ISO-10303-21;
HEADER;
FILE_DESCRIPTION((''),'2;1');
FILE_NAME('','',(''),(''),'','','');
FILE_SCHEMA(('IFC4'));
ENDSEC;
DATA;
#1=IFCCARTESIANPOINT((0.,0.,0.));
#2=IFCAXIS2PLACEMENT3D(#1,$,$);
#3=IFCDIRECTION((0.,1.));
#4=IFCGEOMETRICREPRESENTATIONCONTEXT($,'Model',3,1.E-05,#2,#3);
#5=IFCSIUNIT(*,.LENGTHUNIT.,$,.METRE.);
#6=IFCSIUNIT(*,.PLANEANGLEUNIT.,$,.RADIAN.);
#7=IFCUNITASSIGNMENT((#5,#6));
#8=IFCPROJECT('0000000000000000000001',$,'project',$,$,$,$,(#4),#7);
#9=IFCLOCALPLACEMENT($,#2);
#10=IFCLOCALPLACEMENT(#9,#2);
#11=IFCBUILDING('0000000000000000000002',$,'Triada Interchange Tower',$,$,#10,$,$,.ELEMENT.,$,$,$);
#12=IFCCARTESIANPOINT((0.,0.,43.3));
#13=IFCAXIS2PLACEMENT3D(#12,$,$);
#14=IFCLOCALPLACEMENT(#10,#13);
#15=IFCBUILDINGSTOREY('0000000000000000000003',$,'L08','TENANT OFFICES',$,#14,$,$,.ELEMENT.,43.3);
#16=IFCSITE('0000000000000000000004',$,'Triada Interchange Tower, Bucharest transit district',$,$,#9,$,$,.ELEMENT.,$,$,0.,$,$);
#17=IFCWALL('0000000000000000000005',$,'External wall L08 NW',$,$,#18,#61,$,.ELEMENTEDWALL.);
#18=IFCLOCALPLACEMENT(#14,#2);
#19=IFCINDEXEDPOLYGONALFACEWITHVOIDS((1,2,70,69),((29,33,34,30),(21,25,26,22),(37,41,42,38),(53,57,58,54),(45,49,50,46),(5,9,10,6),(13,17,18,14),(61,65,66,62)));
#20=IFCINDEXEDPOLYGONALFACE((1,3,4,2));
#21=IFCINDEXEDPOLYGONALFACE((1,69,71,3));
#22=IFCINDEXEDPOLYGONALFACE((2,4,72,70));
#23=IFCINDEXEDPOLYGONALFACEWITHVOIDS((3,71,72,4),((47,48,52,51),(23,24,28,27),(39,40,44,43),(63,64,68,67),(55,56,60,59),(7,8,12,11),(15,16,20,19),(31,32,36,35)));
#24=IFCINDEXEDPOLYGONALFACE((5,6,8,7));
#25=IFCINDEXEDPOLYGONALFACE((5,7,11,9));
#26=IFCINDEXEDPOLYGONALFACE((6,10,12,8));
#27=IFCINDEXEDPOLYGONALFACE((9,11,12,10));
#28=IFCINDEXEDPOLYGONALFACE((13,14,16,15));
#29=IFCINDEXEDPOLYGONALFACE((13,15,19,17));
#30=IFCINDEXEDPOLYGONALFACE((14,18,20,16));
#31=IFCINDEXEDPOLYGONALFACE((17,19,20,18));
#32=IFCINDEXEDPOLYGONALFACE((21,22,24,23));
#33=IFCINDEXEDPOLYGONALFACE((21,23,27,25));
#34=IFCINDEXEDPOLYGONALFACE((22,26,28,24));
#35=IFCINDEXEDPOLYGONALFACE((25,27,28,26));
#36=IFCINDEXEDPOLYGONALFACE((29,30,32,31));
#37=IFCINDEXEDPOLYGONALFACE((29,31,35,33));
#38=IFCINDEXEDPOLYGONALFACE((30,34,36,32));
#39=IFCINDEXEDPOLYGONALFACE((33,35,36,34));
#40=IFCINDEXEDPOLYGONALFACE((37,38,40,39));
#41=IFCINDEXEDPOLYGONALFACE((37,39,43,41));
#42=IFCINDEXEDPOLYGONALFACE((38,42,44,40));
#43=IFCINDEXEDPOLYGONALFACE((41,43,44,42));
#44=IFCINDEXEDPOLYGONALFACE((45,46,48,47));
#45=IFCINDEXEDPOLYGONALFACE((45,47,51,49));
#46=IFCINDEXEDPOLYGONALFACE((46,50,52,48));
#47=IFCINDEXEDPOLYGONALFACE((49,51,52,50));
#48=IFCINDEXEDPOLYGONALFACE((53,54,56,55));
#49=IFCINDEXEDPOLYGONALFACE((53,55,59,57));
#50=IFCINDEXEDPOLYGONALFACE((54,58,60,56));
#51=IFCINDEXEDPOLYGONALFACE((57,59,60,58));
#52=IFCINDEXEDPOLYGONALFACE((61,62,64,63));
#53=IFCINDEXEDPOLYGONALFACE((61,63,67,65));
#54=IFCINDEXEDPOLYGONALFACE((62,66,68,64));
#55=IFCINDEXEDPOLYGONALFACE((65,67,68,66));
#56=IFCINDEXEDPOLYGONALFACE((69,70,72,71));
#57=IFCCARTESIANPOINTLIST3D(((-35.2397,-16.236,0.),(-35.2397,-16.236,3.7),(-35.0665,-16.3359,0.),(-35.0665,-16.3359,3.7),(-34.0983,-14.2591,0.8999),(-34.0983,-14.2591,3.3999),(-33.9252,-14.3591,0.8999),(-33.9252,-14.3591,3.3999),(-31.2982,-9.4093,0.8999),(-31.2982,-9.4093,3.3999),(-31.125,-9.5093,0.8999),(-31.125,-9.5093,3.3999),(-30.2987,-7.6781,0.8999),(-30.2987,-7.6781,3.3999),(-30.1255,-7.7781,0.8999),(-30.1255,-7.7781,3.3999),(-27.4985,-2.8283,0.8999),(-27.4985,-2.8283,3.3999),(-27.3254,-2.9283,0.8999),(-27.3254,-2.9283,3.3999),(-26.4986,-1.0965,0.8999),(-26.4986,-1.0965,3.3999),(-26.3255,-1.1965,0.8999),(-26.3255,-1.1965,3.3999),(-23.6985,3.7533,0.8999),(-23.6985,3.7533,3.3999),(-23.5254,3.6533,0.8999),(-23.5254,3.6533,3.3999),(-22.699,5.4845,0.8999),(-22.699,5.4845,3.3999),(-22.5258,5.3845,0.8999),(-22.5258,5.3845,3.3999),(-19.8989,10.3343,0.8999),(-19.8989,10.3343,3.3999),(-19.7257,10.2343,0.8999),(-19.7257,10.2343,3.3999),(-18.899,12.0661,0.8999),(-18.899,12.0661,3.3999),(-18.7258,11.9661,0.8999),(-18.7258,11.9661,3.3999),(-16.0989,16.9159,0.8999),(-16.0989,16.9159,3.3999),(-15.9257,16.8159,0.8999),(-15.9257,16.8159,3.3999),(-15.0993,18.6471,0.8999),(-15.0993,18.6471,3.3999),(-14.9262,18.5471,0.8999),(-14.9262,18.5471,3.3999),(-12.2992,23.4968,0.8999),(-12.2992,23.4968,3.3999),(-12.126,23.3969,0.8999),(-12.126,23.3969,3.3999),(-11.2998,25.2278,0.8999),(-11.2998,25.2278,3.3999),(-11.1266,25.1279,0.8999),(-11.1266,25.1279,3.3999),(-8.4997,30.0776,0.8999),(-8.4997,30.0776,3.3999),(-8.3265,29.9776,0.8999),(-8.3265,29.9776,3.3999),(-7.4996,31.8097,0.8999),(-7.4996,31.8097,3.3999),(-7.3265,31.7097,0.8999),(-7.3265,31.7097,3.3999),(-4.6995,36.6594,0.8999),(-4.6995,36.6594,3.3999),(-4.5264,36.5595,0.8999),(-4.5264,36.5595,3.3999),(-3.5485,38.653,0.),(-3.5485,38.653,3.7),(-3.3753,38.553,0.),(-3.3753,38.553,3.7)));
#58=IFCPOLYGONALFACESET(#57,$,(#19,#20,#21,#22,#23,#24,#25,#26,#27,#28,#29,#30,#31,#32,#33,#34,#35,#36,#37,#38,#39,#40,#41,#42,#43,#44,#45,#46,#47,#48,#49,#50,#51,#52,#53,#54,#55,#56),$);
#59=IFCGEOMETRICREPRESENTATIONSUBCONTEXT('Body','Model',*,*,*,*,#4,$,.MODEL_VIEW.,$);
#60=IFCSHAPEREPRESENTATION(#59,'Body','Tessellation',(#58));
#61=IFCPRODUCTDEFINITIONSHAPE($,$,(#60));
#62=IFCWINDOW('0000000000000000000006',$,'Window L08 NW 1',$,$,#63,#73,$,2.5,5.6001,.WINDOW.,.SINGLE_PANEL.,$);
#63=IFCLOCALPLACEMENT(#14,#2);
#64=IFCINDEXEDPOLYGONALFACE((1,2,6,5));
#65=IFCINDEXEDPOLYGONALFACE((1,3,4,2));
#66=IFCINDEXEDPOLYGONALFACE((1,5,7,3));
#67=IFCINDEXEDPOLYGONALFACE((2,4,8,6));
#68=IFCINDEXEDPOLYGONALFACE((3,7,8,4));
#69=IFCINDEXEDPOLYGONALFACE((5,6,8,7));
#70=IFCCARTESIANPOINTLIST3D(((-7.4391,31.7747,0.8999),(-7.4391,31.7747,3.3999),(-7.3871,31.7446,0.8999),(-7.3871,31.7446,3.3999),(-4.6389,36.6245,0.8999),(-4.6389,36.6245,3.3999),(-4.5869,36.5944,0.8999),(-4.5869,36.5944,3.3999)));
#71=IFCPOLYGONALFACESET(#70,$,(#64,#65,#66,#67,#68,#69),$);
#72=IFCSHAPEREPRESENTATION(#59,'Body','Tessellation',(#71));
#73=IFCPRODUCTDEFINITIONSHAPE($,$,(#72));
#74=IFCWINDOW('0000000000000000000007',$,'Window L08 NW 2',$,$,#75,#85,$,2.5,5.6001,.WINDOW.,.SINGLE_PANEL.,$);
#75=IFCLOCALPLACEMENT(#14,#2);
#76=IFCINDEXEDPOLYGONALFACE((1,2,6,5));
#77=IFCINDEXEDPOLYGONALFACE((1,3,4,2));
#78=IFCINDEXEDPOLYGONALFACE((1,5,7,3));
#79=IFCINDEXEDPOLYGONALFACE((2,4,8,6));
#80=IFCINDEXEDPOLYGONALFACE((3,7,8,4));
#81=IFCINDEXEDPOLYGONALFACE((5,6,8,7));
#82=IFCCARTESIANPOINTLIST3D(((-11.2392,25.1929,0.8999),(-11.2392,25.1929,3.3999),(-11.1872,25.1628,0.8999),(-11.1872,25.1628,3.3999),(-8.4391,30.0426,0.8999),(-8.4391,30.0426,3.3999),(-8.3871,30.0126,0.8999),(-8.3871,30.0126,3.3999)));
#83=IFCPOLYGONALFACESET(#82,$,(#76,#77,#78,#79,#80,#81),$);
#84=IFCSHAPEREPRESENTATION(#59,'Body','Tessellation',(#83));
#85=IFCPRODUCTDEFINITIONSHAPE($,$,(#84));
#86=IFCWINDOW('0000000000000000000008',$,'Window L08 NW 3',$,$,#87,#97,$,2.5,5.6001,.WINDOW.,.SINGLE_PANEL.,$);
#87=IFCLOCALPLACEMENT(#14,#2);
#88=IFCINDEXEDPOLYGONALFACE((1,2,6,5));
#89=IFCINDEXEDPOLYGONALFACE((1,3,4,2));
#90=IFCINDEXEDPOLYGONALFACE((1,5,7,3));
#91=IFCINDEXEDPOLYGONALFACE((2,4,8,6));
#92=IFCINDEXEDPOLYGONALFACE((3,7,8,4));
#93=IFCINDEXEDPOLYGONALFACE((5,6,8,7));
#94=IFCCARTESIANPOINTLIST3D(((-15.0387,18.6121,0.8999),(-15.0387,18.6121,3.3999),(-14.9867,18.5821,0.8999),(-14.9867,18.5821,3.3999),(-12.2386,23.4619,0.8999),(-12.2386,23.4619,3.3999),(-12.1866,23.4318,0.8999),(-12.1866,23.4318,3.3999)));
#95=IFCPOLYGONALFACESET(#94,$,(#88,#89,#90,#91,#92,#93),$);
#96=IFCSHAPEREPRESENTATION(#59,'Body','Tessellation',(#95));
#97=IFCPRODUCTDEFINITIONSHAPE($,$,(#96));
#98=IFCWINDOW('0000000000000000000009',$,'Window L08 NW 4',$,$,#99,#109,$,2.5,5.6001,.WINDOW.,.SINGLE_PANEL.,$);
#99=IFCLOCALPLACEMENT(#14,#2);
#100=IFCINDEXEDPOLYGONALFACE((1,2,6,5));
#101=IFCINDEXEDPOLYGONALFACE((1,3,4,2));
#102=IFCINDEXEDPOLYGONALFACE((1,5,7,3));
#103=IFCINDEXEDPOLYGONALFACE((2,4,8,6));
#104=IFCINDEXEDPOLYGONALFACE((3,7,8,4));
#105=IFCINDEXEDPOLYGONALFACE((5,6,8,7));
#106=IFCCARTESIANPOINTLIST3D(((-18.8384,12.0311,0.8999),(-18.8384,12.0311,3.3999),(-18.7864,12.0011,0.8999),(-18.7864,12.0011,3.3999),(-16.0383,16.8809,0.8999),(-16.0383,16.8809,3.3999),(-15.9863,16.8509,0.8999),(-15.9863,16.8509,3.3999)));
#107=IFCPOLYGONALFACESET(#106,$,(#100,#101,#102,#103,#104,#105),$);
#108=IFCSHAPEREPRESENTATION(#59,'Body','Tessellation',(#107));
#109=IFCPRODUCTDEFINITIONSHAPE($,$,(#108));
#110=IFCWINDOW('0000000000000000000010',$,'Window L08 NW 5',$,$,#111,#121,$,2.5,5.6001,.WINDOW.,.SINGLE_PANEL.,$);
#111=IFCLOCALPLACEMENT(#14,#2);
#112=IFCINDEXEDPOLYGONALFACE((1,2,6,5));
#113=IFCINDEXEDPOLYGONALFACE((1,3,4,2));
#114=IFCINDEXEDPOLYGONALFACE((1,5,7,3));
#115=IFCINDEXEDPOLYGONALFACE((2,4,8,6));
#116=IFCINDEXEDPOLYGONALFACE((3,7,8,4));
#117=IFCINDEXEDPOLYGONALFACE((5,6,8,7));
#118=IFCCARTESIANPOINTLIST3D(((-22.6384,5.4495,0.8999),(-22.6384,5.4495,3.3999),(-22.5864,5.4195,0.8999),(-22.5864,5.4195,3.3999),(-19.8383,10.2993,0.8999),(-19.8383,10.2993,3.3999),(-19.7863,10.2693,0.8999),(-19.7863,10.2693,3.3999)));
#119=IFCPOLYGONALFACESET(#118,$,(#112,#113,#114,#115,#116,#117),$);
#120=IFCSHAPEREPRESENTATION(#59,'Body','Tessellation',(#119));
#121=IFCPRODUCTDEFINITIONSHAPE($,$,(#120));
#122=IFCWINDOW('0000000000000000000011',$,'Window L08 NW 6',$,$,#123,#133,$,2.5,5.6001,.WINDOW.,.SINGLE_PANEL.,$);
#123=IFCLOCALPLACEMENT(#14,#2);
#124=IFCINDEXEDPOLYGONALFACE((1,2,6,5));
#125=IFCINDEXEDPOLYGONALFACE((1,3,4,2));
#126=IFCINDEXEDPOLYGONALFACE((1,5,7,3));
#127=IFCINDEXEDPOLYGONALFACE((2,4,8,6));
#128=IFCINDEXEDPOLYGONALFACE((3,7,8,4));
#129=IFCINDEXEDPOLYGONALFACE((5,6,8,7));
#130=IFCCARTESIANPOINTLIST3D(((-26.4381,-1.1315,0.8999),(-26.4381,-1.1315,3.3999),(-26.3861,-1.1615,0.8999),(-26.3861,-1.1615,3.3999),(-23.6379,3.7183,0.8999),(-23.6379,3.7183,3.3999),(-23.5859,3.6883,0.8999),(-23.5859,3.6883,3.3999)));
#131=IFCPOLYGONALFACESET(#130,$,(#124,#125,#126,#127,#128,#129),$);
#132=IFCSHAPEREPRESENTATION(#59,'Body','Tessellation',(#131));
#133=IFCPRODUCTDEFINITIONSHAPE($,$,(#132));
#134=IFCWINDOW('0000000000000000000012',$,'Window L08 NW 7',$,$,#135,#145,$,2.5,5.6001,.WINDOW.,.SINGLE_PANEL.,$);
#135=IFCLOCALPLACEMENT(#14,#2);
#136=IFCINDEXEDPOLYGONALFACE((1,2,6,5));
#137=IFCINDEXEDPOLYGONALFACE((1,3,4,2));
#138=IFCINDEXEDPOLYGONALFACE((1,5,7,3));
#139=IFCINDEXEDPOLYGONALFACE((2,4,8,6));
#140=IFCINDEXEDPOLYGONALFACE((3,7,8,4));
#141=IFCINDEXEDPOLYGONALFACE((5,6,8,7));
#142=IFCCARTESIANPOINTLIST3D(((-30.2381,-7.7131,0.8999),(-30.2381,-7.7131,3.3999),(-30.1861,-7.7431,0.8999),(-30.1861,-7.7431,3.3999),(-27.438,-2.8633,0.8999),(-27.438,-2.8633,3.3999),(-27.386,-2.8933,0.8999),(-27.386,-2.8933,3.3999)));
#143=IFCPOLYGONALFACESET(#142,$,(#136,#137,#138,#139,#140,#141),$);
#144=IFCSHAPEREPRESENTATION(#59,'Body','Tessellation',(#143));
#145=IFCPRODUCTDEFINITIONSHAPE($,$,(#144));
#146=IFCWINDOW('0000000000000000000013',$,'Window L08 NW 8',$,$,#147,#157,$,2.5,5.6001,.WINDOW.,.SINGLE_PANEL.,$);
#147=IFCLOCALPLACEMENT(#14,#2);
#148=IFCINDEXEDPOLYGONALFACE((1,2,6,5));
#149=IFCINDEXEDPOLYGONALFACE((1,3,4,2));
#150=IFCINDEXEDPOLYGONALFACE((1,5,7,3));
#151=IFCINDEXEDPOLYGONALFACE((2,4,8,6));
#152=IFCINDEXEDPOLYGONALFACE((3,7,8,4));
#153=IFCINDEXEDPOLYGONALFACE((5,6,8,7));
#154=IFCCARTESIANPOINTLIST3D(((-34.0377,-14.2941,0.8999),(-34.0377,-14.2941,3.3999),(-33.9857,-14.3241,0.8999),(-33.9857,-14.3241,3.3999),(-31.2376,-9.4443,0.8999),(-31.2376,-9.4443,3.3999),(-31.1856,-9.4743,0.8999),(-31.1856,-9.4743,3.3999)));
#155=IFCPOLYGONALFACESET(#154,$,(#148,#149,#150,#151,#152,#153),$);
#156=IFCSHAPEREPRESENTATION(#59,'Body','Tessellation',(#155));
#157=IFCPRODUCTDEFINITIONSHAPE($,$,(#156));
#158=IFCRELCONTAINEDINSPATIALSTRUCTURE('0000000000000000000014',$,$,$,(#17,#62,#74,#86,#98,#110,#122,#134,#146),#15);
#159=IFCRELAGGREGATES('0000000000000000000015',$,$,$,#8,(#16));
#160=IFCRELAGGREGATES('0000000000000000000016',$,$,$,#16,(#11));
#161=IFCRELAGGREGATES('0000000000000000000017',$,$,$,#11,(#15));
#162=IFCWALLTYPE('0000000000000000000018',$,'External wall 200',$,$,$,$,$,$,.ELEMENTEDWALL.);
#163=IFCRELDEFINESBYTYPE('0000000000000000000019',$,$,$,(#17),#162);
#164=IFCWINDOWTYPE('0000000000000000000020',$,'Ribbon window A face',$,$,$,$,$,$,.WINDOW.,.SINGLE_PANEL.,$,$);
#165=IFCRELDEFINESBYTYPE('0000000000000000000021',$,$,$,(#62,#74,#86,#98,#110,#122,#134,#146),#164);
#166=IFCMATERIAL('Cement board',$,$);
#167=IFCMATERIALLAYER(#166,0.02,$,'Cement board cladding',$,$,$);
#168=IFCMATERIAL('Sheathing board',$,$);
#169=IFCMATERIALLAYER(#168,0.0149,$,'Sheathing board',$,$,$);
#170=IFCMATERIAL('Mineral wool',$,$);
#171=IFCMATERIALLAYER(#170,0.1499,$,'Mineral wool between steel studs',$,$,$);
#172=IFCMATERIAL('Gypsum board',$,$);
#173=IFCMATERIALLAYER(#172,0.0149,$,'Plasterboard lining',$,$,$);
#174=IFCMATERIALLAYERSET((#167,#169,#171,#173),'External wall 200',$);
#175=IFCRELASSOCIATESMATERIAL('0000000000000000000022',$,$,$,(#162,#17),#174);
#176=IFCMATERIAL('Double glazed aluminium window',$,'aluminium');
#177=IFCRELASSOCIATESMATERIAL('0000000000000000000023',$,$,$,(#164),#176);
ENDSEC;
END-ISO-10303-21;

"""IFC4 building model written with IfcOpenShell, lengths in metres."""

from ifc_helpers import new_model, si_unit, direction, frame, frame_2d, origin, place, context, subcontext, project, spatial, rectangle, extrude, material, layer, layer_set, layer_usage, type_object, element, fill, save


model = new_model("IFC4")

# Units and contexts
model_context = context("Model", 3, precision=1e-05, world=origin(), true_north=direction((0.0, 1.0)))
body_context = subcontext(model_context, "Body", "Model", "MODEL_VIEW")
ifc_project = project(units=[si_unit("LENGTHUNIT", "METRE"), si_unit("PLANEANGLEUNIT", "RADIAN")], contexts=[model_context])

# Site, building, storey
site_placement = place(None, origin())
site = spatial("IfcSite", under=ifc_project, at=site_placement, Name="Triada Interchange Tower, Bucharest transit district", CompositionType="ELEMENT", RefElevation=0.0)
building_placement = place(site_placement, origin())
building = spatial("IfcBuilding", under=site, at=building_placement, Name="Triada Interchange Tower", CompositionType="ELEMENT")
storey_placement = place(building_placement, frame((0.0, 0.0, 43.3)))
storey = spatial("IfcBuildingStorey", under=building, at=storey_placement, Name="L08", Description="TENANT OFFICES", CompositionType="ELEMENT", Elevation=43.3)

# Wall, openings, windows
ifc_material_1 = material(Name="Cement board")
ifc_layer_1 = layer(ifc_material_1, 0.02, Name="Cement board cladding")
ifc_material_2 = material(Name="Sheathing board")
ifc_layer_2 = layer(ifc_material_2, 0.0149, Name="Sheathing board")
ifc_material_3 = material(Name="Mineral wool")
ifc_layer_3 = layer(ifc_material_3, 0.1499, Name="Mineral wool between steel studs")
ifc_material_4 = material(Name="Gypsum board")
ifc_layer_4 = layer(ifc_material_4, 0.0149, Name="Plasterboard lining")
ifc_layer_set_1 = layer_set([ifc_layer_1, ifc_layer_2, ifc_layer_3, ifc_layer_4], Name="External wall 200")
ifc_layer_usage = layer_usage(ifc_layer_set_1, "AXIS2", "POSITIVE", -0.1001)
wall_type_1 = type_object("IfcWallType", Name="External wall 200", PredefinedType="ELEMENTEDWALL", material=ifc_layer_set_1)
wall_1_placement = place(storey_placement, frame((-3.4619, 38.603, 0.0), z_axis=(0.0, 0.0, 1.0), x_axis=(-0.500012, -0.866018, 0.0)))
wall_1 = element("IfcWall", 1, at=wall_1_placement, inside=storey, type_object=wall_type_1, material=ifc_layer_usage, Name="External wall L08 NW", PredefinedType="ELEMENTEDWALL", context=body_context, shape_type="SweptSolid", body=[
    extrude(rectangle(XDim=63.3809, YDim=0.2, at=frame_2d((31.6904, 0.0))), origin(), (0.0, 0.0, 1.0), 3.7),
])
opening_1_placement = place(wall_1_placement, frame((2.302, 0.0, 0.8999)))
opening_1 = element("IfcOpeningElement", 2, at=opening_1_placement, cuts=wall_1, PredefinedType="OPENING", context=body_context, shape_type="SweptSolid", body=[
    extrude(rectangle(XDim=5.6001, YDim=2.5, at=frame_2d((2.8, 1.25))), frame((0.0, 0.1099, 0.0), z_axis=(0.0, -1.0, 0.0), x_axis=(1.0, 0.0, 0.0)), (0.0, 0.0, 1.0), 0.22),
])
opening_2_placement = place(wall_1_placement, frame((9.9021, 0.0, 0.8999)))
opening_2 = element("IfcOpeningElement", 3, at=opening_2_placement, cuts=wall_1, PredefinedType="OPENING", context=body_context, shape_type="SweptSolid", body=[
    extrude(rectangle(XDim=5.6001, YDim=2.5, at=frame_2d((2.8, 1.25))), frame((0.0, 0.1099, 0.0), z_axis=(0.0, -1.0, 0.0), x_axis=(1.0, 0.0, 0.0)), (0.0, 0.0, 1.0), 0.22),
])
opening_3_placement = place(wall_1_placement, frame((17.501, 0.0, 0.8999)))
opening_3 = element("IfcOpeningElement", 4, at=opening_3_placement, cuts=wall_1, PredefinedType="OPENING", context=body_context, shape_type="SweptSolid", body=[
    extrude(rectangle(XDim=5.6001, YDim=2.5, at=frame_2d((2.8, 1.25))), frame((0.0, 0.1099, 0.0), z_axis=(0.0, -1.0, 0.0), x_axis=(1.0, 0.0, 0.0)), (0.0, 0.0, 1.0), 0.22),
])
opening_4_placement = place(wall_1_placement, frame((25.1001, 0.0, 0.8999)))
opening_4 = element("IfcOpeningElement", 5, at=opening_4_placement, cuts=wall_1, PredefinedType="OPENING", context=body_context, shape_type="SweptSolid", body=[
    extrude(rectangle(XDim=5.6001, YDim=2.5, at=frame_2d((2.8, 1.25))), frame((0.0, 0.1099, 0.0), z_axis=(0.0, -1.0, 0.0), x_axis=(1.0, 0.0, 0.0)), (0.0, 0.0, 1.0), 0.22),
])
opening_5_placement = place(wall_1_placement, frame((32.7, 0.0, 0.8999)))
opening_5 = element("IfcOpeningElement", 6, at=opening_5_placement, cuts=wall_1, PredefinedType="OPENING", context=body_context, shape_type="SweptSolid", body=[
    extrude(rectangle(XDim=5.6001, YDim=2.5, at=frame_2d((2.8, 1.25))), frame((0.0, 0.1099, 0.0), z_axis=(0.0, -1.0, 0.0), x_axis=(1.0, 0.0, 0.0)), (0.0, 0.0, 1.0), 0.22),
])
opening_6_placement = place(wall_1_placement, frame((40.2991, 0.0, 0.8999)))
opening_6 = element("IfcOpeningElement", 7, at=opening_6_placement, cuts=wall_1, PredefinedType="OPENING", context=body_context, shape_type="SweptSolid", body=[
    extrude(rectangle(XDim=5.6001, YDim=2.5, at=frame_2d((2.8, 1.25))), frame((0.0, 0.1099, 0.0), z_axis=(0.0, -1.0, 0.0), x_axis=(1.0, 0.0, 0.0)), (0.0, 0.0, 1.0), 0.22),
])
opening_7_placement = place(wall_1_placement, frame((47.8989, 0.0, 0.8999)))
opening_7 = element("IfcOpeningElement", 8, at=opening_7_placement, cuts=wall_1, PredefinedType="OPENING", context=body_context, shape_type="SweptSolid", body=[
    extrude(rectangle(XDim=5.6001, YDim=2.5, at=frame_2d((2.8, 1.25))), frame((0.0, 0.1099, 0.0), z_axis=(0.0, -1.0, 0.0), x_axis=(1.0, 0.0, 0.0)), (0.0, 0.0, 1.0), 0.22),
])
opening_8_placement = place(wall_1_placement, frame((55.498, 0.0, 0.8999)))
opening_8 = element("IfcOpeningElement", 9, at=opening_8_placement, cuts=wall_1, PredefinedType="OPENING", context=body_context, shape_type="SweptSolid", body=[
    extrude(rectangle(XDim=5.6001, YDim=2.5, at=frame_2d((2.8, 1.25))), frame((0.0, 0.1099, 0.0), z_axis=(0.0, -1.0, 0.0), x_axis=(1.0, 0.0, 0.0)), (0.0, 0.0, 1.0), 0.22),
])
ifc_material_5 = material(Name="Double glazed aluminium window", Category="aluminium")
window_type = type_object("IfcWindowType", Name="Ribbon window A face", PartitioningType="SINGLE_PANEL", PredefinedType="WINDOW", material=ifc_material_5)
window_1_placement = place(opening_1_placement, origin())
window_1 = element("IfcWindow", 10, at=window_1_placement, inside=storey, type_object=window_type, Name="Window L08 NW 1", OverallHeight=2.5, OverallWidth=5.6001, PartitioningType="SINGLE_PANEL", PredefinedType="WINDOW", context=body_context, shape_type="SweptSolid", body=[
    extrude(rectangle(XDim=5.6001, YDim=2.5, at=frame_2d((2.8, 1.25))), frame((0.0, 0.03, 0.0), z_axis=(0.0, -1.0, 0.0), x_axis=(1.0, 0.0, 0.0)), (0.0, 0.0, 1.0), 0.0601),
])
fill(opening_1, window_1)
window_2_placement = place(opening_2_placement, origin())
window_2 = element("IfcWindow", 11, at=window_2_placement, inside=storey, type_object=window_type, Name="Window L08 NW 2", OverallHeight=2.5, OverallWidth=5.6001, PartitioningType="SINGLE_PANEL", PredefinedType="WINDOW", context=body_context, shape_type="SweptSolid", body=[
    extrude(rectangle(XDim=5.6001, YDim=2.5, at=frame_2d((2.8, 1.25))), frame((0.0, 0.03, 0.0), z_axis=(0.0, -1.0, 0.0), x_axis=(1.0, 0.0, 0.0)), (0.0, 0.0, 1.0), 0.0601),
])
fill(opening_2, window_2)
window_3_placement = place(opening_3_placement, origin())
window_3 = element("IfcWindow", 12, at=window_3_placement, inside=storey, type_object=window_type, Name="Window L08 NW 3", OverallHeight=2.5, OverallWidth=5.6001, PartitioningType="SINGLE_PANEL", PredefinedType="WINDOW", context=body_context, shape_type="SweptSolid", body=[
    extrude(rectangle(XDim=5.6001, YDim=2.5, at=frame_2d((2.8, 1.25))), frame((0.0, 0.03, 0.0), z_axis=(0.0, -1.0, 0.0), x_axis=(1.0, 0.0, 0.0)), (0.0, 0.0, 1.0), 0.0601),
])
fill(opening_3, window_3)
window_4_placement = place(opening_4_placement, origin())
window_4 = element("IfcWindow", 13, at=window_4_placement, inside=storey, type_object=window_type, Name="Window L08 NW 4", OverallHeight=2.5, OverallWidth=5.6001, PartitioningType="SINGLE_PANEL", PredefinedType="WINDOW", context=body_context, shape_type="SweptSolid", body=[
    extrude(rectangle(XDim=5.6001, YDim=2.5, at=frame_2d((2.8, 1.25))), frame((0.0, 0.03, 0.0), z_axis=(0.0, -1.0, 0.0), x_axis=(1.0, 0.0, 0.0)), (0.0, 0.0, 1.0), 0.0601),
])
fill(opening_4, window_4)
window_5_placement = place(opening_5_placement, origin())
window_5 = element("IfcWindow", 14, at=window_5_placement, inside=storey, type_object=window_type, Name="Window L08 NW 5", OverallHeight=2.5, OverallWidth=5.6001, PartitioningType="SINGLE_PANEL", PredefinedType="WINDOW", context=body_context, shape_type="SweptSolid", body=[
    extrude(rectangle(XDim=5.6001, YDim=2.5, at=frame_2d((2.8, 1.25))), frame((0.0, 0.03, 0.0), z_axis=(0.0, -1.0, 0.0), x_axis=(1.0, 0.0, 0.0)), (0.0, 0.0, 1.0), 0.0601),
])
fill(opening_5, window_5)
window_6_placement = place(opening_6_placement, origin())
window_6 = element("IfcWindow", 15, at=window_6_placement, inside=storey, type_object=window_type, Name="Window L08 NW 6", OverallHeight=2.5, OverallWidth=5.6001, PartitioningType="SINGLE_PANEL", PredefinedType="WINDOW", context=body_context, shape_type="SweptSolid", body=[
    extrude(rectangle(XDim=5.6001, YDim=2.5, at=frame_2d((2.8, 1.25))), frame((0.0, 0.03, 0.0), z_axis=(0.0, -1.0, 0.0), x_axis=(1.0, 0.0, 0.0)), (0.0, 0.0, 1.0), 0.0601),
])
fill(opening_6, window_6)
window_7_placement = place(opening_7_placement, origin())
window_7 = element("IfcWindow", 16, at=window_7_placement, inside=storey, type_object=window_type, Name="Window L08 NW 7", OverallHeight=2.5, OverallWidth=5.6001, PartitioningType="SINGLE_PANEL", PredefinedType="WINDOW", context=body_context, shape_type="SweptSolid", body=[
    extrude(rectangle(XDim=5.6001, YDim=2.5, at=frame_2d((2.8, 1.25))), frame((0.0, 0.03, 0.0), z_axis=(0.0, -1.0, 0.0), x_axis=(1.0, 0.0, 0.0)), (0.0, 0.0, 1.0), 0.0601),
])
fill(opening_7, window_7)
window_8_placement = place(opening_8_placement, origin())
window_8 = element("IfcWindow", 17, at=window_8_placement, inside=storey, type_object=window_type, Name="Window L08 NW 8", OverallHeight=2.5, OverallWidth=5.6001, PartitioningType="SINGLE_PANEL", PredefinedType="WINDOW", context=body_context, shape_type="SweptSolid", body=[
    extrude(rectangle(XDim=5.6001, YDim=2.5, at=frame_2d((2.8, 1.25))), frame((0.0, 0.03, 0.0), z_axis=(0.0, -1.0, 0.0), x_axis=(1.0, 0.0, 0.0)), (0.0, 0.0, 1.0), 0.0601),
])
fill(opening_8, window_8)

save(model, "model.ifc")
